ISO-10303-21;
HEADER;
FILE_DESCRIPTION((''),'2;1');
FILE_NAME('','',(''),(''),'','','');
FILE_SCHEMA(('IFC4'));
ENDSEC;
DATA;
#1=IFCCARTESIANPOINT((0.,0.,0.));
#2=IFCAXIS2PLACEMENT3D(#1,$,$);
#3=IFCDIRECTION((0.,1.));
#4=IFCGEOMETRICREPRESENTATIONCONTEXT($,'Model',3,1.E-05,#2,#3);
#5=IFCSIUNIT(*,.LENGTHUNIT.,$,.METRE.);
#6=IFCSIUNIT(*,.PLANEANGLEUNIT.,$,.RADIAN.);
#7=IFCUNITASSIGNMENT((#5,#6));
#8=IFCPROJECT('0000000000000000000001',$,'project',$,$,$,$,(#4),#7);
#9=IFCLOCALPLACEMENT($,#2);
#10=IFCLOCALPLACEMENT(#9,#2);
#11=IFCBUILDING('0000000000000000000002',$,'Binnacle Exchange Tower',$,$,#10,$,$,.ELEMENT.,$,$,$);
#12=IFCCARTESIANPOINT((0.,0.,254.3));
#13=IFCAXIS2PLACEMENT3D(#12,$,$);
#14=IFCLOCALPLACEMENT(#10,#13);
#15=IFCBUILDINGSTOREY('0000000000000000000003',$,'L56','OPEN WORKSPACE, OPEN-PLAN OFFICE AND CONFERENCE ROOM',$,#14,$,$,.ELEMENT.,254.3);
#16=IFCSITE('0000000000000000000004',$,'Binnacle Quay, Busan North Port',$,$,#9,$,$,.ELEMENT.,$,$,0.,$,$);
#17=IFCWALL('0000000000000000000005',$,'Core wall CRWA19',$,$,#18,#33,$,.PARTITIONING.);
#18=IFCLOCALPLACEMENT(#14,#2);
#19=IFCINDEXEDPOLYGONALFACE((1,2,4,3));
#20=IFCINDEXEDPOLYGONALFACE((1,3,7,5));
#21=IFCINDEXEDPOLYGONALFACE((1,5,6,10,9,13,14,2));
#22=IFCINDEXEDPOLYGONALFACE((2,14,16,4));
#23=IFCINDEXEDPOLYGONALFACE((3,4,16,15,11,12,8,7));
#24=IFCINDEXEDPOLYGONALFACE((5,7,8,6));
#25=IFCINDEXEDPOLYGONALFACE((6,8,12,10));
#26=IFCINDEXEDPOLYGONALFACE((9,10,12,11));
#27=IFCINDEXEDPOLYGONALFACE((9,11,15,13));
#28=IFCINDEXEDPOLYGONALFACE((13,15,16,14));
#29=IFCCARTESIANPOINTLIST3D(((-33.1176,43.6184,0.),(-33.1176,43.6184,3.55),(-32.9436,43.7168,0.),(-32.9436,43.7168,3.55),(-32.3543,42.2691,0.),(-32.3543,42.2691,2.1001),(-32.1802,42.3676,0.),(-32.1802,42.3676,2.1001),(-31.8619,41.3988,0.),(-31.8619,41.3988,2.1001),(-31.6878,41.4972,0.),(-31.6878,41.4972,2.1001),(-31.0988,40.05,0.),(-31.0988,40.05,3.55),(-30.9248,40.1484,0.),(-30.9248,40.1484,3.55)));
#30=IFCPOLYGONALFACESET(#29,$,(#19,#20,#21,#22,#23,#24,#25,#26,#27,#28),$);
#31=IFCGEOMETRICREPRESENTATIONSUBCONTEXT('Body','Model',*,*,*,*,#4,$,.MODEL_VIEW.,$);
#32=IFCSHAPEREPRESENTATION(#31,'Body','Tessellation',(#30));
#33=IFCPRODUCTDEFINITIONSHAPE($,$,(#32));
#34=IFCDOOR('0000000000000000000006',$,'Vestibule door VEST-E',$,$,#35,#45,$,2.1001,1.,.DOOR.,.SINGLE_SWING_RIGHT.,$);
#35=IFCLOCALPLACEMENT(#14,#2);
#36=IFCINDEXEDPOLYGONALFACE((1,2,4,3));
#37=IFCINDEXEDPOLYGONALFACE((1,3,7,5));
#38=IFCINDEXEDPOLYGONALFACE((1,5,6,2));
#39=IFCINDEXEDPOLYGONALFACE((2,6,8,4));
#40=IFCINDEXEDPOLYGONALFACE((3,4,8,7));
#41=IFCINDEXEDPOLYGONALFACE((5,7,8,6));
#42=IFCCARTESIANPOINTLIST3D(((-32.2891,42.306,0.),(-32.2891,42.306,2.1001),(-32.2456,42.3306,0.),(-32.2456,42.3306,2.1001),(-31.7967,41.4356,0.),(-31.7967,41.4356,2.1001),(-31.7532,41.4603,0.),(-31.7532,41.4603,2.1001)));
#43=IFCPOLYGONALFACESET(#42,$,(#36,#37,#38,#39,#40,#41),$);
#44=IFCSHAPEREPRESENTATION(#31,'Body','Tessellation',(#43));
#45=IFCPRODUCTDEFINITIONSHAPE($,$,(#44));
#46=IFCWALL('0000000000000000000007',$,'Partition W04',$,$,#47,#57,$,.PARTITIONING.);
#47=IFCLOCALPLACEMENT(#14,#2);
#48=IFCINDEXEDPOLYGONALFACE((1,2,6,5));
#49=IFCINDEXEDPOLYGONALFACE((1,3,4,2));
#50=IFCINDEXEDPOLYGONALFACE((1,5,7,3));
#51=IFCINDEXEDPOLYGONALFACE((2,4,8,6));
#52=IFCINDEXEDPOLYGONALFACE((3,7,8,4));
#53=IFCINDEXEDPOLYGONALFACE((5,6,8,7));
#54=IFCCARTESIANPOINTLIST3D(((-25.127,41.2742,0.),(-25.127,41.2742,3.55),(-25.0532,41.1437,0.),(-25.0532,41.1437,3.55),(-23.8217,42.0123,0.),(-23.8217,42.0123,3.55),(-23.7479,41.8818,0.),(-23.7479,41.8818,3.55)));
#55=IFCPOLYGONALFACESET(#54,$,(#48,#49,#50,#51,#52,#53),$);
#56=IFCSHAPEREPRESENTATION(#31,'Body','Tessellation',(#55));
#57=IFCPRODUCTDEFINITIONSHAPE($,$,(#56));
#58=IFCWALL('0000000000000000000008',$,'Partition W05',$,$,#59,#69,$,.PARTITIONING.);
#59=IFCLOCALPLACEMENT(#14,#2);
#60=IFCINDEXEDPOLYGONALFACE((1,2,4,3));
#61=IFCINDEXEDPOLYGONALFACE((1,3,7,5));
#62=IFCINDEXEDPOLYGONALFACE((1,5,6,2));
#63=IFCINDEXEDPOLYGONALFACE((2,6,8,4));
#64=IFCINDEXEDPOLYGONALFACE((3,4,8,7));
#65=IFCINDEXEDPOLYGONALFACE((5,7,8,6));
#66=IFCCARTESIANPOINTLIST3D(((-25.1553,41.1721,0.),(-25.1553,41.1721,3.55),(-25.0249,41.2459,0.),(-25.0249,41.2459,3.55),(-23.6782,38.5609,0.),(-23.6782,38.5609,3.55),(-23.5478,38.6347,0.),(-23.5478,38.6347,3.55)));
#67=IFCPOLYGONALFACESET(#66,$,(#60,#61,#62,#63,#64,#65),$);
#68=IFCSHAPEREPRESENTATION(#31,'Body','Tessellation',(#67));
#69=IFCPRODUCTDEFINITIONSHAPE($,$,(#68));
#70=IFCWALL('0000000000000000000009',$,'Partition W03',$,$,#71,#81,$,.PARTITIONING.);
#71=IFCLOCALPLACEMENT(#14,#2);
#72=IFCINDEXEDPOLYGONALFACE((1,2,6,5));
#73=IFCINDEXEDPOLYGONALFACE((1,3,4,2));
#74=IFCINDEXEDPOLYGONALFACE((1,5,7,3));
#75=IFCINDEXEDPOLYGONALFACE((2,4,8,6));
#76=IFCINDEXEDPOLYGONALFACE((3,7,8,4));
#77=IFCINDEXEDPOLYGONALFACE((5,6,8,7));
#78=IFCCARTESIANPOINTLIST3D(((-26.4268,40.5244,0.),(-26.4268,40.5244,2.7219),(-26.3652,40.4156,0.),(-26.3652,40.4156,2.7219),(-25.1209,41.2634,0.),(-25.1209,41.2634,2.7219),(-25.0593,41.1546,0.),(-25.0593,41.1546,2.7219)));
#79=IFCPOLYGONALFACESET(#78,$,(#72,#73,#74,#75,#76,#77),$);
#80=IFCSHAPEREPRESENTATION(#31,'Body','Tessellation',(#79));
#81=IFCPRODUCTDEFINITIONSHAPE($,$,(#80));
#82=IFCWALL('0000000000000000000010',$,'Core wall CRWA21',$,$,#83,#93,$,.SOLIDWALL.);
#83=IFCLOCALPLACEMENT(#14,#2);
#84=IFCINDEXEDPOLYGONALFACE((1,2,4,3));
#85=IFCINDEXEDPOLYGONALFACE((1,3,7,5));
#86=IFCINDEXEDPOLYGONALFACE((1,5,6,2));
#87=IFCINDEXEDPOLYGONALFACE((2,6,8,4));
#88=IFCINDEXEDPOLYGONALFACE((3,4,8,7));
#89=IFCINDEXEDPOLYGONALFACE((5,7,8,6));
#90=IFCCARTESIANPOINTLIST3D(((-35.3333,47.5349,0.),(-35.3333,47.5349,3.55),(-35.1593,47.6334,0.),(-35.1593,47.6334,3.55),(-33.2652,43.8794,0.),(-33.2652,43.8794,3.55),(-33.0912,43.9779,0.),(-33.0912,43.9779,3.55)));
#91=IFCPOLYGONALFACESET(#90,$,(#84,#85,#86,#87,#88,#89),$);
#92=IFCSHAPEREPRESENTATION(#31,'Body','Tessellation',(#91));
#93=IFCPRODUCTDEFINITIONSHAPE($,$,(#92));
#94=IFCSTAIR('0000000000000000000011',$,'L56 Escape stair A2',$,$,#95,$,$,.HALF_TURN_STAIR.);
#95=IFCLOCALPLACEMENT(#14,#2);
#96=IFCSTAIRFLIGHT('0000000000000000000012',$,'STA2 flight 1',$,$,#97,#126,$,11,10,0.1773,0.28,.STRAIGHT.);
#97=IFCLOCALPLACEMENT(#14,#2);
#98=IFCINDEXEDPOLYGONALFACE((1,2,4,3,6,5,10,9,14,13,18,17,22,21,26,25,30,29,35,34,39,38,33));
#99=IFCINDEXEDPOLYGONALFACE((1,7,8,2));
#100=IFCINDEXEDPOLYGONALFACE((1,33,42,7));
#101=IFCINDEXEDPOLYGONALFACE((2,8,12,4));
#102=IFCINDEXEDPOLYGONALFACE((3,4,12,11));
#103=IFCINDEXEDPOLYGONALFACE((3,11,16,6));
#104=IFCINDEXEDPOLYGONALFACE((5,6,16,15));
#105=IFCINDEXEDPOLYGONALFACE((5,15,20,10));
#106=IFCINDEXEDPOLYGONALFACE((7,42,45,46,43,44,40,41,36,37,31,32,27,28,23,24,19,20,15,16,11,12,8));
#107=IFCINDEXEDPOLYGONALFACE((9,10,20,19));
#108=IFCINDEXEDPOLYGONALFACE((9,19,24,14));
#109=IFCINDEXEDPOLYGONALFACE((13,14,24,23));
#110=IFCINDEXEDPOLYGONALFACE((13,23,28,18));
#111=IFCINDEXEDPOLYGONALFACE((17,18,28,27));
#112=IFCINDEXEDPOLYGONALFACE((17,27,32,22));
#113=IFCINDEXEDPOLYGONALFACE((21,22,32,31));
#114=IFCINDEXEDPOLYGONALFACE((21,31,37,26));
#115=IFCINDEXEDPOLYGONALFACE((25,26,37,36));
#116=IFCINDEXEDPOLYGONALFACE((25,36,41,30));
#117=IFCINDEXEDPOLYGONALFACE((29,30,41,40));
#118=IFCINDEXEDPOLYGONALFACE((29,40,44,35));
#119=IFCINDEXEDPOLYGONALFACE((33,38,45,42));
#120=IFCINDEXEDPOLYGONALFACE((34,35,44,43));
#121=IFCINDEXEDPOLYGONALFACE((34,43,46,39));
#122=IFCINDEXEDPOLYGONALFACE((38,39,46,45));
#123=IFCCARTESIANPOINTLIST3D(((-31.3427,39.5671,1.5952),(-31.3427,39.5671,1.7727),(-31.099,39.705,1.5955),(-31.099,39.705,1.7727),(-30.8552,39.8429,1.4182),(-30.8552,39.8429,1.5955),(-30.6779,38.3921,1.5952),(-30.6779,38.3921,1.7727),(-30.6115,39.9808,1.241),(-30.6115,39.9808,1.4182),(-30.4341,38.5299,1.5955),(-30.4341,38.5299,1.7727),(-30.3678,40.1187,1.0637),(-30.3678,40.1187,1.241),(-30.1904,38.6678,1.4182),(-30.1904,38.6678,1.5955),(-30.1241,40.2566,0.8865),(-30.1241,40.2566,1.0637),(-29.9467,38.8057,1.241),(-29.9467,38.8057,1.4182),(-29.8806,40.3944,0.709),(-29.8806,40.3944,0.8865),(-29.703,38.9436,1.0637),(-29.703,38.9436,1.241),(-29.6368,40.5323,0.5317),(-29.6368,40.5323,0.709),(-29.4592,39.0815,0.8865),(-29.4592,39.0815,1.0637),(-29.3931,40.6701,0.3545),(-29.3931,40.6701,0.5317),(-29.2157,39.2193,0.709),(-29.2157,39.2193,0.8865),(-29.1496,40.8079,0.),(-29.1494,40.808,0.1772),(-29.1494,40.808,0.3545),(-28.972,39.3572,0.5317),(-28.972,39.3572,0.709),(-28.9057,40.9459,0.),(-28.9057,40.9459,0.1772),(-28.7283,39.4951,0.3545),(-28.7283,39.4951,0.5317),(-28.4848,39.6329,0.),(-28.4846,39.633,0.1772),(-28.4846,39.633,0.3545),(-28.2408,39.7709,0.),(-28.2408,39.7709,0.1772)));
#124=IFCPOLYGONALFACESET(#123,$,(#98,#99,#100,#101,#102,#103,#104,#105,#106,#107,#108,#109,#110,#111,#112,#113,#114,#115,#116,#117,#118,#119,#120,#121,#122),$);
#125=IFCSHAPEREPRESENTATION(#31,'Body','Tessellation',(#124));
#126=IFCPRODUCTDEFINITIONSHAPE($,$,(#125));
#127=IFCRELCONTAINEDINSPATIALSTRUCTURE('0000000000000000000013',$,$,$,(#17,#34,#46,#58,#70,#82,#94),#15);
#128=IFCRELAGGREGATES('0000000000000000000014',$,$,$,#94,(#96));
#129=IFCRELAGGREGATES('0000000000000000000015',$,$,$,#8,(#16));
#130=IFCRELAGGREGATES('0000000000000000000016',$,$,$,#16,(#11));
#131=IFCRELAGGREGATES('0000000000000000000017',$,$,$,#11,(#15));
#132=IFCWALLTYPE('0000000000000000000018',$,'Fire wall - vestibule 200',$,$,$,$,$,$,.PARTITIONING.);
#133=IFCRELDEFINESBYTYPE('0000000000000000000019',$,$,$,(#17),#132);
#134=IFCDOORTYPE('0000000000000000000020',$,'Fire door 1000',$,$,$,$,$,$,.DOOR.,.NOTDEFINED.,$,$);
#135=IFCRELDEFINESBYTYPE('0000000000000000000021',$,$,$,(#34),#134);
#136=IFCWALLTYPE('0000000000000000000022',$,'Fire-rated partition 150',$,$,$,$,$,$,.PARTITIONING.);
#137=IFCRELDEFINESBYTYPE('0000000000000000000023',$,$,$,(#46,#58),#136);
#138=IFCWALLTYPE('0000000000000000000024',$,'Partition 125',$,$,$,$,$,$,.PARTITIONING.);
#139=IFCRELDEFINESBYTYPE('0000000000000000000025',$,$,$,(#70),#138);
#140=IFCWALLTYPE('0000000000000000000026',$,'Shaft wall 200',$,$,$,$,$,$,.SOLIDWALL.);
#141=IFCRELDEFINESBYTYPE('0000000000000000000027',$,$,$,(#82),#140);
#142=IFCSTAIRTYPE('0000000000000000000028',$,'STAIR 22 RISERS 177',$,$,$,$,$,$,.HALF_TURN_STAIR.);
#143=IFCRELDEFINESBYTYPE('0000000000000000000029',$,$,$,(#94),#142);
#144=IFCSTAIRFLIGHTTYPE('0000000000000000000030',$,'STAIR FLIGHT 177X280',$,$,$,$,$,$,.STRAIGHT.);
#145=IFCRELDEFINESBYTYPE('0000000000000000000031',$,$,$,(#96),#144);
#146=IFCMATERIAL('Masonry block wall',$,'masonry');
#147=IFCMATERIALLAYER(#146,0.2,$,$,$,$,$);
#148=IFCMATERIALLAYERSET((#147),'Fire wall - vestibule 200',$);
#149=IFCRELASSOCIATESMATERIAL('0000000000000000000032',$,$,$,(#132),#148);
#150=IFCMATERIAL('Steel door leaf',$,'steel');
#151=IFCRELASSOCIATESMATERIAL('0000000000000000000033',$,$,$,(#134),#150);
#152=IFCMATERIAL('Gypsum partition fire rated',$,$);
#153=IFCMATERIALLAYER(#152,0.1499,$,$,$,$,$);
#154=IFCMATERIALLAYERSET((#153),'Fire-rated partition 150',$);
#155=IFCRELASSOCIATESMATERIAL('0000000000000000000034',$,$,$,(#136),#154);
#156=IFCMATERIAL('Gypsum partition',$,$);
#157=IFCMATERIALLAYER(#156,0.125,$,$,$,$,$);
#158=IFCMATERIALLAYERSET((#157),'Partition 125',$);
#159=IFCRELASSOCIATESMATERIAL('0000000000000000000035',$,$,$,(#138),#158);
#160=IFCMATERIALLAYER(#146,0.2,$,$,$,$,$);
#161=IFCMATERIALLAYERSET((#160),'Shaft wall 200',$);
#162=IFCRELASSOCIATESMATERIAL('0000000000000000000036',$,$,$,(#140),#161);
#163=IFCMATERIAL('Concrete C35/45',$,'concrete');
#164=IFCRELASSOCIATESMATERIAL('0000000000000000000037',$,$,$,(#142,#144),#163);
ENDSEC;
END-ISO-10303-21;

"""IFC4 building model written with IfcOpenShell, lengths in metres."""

from ifc_helpers import new_model, si_unit, direction, frame, frame_2d, origin, place, context, subcontext, project, spatial, polyline, rectangle, outline, extrude, material, layer, layer_set, type_object, element, fill, aggregate, save


model = new_model("IFC4")

# Units and contexts
model_context = context("Model", 3, precision=1e-05, world=origin(), true_north=direction((0.0, 1.0)))
body_context = subcontext(model_context, "Body", "Model", "MODEL_VIEW")
ifc_project = project(units=[si_unit("LENGTHUNIT", "METRE"), si_unit("PLANEANGLEUNIT", "RADIAN")], contexts=[model_context])

# Site, building, storey
site_placement = place(None, origin())
site = spatial("IfcSite", under=ifc_project, at=site_placement, Name="Binnacle Quay, Busan North Port", CompositionType="ELEMENT", RefElevation=0.0)
building_placement = place(site_placement, origin())
building = spatial("IfcBuilding", under=site, at=building_placement, Name="Binnacle Exchange Tower", CompositionType="ELEMENT")
storey_placement = place(building_placement, frame((0.0, 0.0, 254.3)))
storey = spatial("IfcBuildingStorey", under=building, at=storey_placement, Name="L56", Description="OPEN WORKSPACE, OPEN-PLAN OFFICE AND CONFERENCE ROOM", CompositionType="ELEMENT", Elevation=254.3)

# Shared definitions
ifc_material_1 = material(Name="Steel door leaf", Category="steel")

# Wall, opening, door
ifc_material_2 = material(Name="Masonry block wall", Category="masonry")
ifc_layer_1 = layer(ifc_material_2, 0.2)
ifc_layer_set_1 = layer_set([ifc_layer_1], Name="Fire wall - vestibule 200")
wall_type_1 = type_object("IfcWallType", Name="Fire wall - vestibule 200", PredefinedType="PARTITIONING", material=ifc_layer_set_1)
wall_1_placement = place(storey_placement, frame((-33.0305, 43.6675, 0.0), z_axis=(0.0, 0.0, 1.0), x_axis=(0.492408, -0.870364, 0.0)))
wall_1 = element("IfcWall", 1, at=wall_1_placement, inside=storey, type_object=wall_type_1, Name="Core wall CRWA19", PredefinedType="PARTITIONING", context=body_context, shape_type="SweptSolid", body=[
    extrude(rectangle(XDim=4.0999, YDim=0.2, at=frame_2d((2.0498, 0.0))), origin(), (0.0, 0.0, 1.0), 3.55),
])
opening_1_placement = place(wall_1_placement, frame((1.55, 0.0, 0.0)))
opening_1 = element("IfcOpeningElement", 2, at=opening_1_placement, cuts=wall_1, PredefinedType="OPENING", context=body_context, shape_type="SweptSolid", body=[
    extrude(rectangle(XDim=1.0, YDim=2.1001, at=frame_2d((0.5, 1.05))), frame((0.0, 0.1099, 0.0), z_axis=(0.0, -1.0, 0.0), x_axis=(1.0, 0.0, 0.0)), (0.0, 0.0, 1.0), 0.22),
])
door_type_1 = type_object("IfcDoorType", Name="Fire door 1000", OperationType="NOTDEFINED", PredefinedType="DOOR", material=ifc_material_1)
door_1_placement = place(opening_1_placement, origin())
door_1 = element("IfcDoor", 3, at=door_1_placement, inside=storey, type_object=door_type_1, Name="Vestibule door VEST-E", OperationType="SINGLE_SWING_RIGHT", OverallHeight=2.1001, OverallWidth=1.0, PredefinedType="DOOR", context=body_context, shape_type="SweptSolid", body=[
    extrude(rectangle(XDim=1.0, YDim=2.1001, at=frame_2d((0.5, 1.05))), frame((0.0, 0.0249, 0.0), z_axis=(0.0, -1.0, 0.0), x_axis=(1.0, 0.0, 0.0)), (0.0, 0.0, 1.0), 0.05),
])
fill(opening_1, door_1)

# Walls
ifc_material_3 = material(Name="Gypsum partition fire rated")
ifc_layer_2 = layer(ifc_material_3, 0.1499)
ifc_layer_set_2 = layer_set([ifc_layer_2], Name="Fire-rated partition 150")
wall_type_2 = type_object("IfcWallType", Name="Fire-rated partition 150", PredefinedType="PARTITIONING", material=ifc_layer_set_2)
wall_2_placement = place(storey_placement, frame((-25.0901, 41.209, 0.0), z_axis=(0.0, 0.0, 1.0), x_axis=(0.870469, 0.492224, 0.0)))
element("IfcWall", 4, at=wall_2_placement, inside=storey, type_object=wall_type_2, Name="Partition W04", PredefinedType="PARTITIONING", context=body_context, shape_type="SweptSolid", body=[
    extrude(rectangle(XDim=1.4995, YDim=0.1499, at=frame_2d((0.7498, 0.0))), origin(), (0.0, 0.0, 1.0), 3.55),
])
wall_3_placement = place(storey_placement, frame((-25.0901, 41.209, 0.0), z_axis=(0.0, 0.0, 1.0), x_axis=(0.492366, -0.870388, 0.0)))
element("IfcWall", 5, at=wall_3_placement, inside=storey, type_object=wall_type_2, Name="Partition W05", PredefinedType="PARTITIONING", context=body_context, shape_type="SweptSolid", body=[
    extrude(rectangle(XDim=3.0, YDim=0.1499, at=frame_2d((1.5, 0.0))), origin(), (0.0, 0.0, 1.0), 3.55),
])
ifc_material_4 = material(Name="Gypsum partition")
ifc_layer_3 = layer(ifc_material_4, 0.125)
ifc_layer_set_3 = layer_set([ifc_layer_3], Name="Partition 125")
wall_type_3 = type_object("IfcWallType", Name="Partition 125", PredefinedType="PARTITIONING", material=ifc_layer_set_3)
wall_4_placement = place(storey_placement, frame((-26.396, 40.47, 0.0), z_axis=(0.0, 0.0, 1.0), x_axis=(0.870308, 0.492508, 0.0)))
element("IfcWall", 6, at=wall_4_placement, inside=storey, type_object=wall_type_3, Name="Partition W03", PredefinedType="PARTITIONING", context=body_context, shape_type="SweptSolid", body=[
    extrude(rectangle(XDim=1.5005, YDim=0.125, at=frame_2d((0.7502, 0.0))), origin(), (0.0, 0.0, 1.0), 2.7219),
])
ifc_layer_4 = layer(ifc_material_2, 0.2)
ifc_layer_set_4 = layer_set([ifc_layer_4], Name="Shaft wall 200")
wall_type_4 = type_object("IfcWallType", Name="Shaft wall 200", PredefinedType="SOLIDWALL", material=ifc_layer_set_4)
wall_5_placement = place(storey_placement, frame((-35.2463, 47.5842, 0.0), z_axis=(0.0, 0.0, 1.0), x_axis=(0.49241, -0.870364, 0.0)))
element("IfcWall", 7, at=wall_5_placement, inside=storey, type_object=wall_type_4, Name="Core wall CRWA21", PredefinedType="SOLIDWALL", context=body_context, shape_type="SweptSolid", body=[
    extrude(rectangle(XDim=4.2, YDim=0.2, at=frame_2d((2.1001, 0.0))), origin(), (0.0, 0.0, 1.0), 3.55),
])

# Stair, stair flight
ifc_material_5 = material(Name="Concrete C35/45", Category="concrete")
stair_type = type_object("IfcStairType", Name="STAIR 22 RISERS 177", PredefinedType="HALF_TURN_STAIR", material=ifc_material_5)
stair_placement = place(storey_placement, origin())
stair = element("IfcStair", 8, at=stair_placement, inside=storey, type_object=stair_type, Name="L56 Escape stair A2", PredefinedType="HALF_TURN_STAIR")
stair_flight_type = type_object("IfcStairFlightType", Name="STAIR FLIGHT 177X280", PredefinedType="STRAIGHT", material=ifc_material_5)
stair_flight_placement = place(storey_placement, frame((-28.5732, 40.3584, 0.0), z_axis=(0.0, 0.0, 1.0), x_axis=(-0.870356, -0.492424, 0.0)))
stair_flight = element("IfcStairFlight", 9, at=stair_flight_placement, type_object=stair_flight_type, Name="STA2 flight 1", NumberOfRisers=11, NumberOfTreads=10, PredefinedType="STRAIGHT", RiserHeight=0.1773, TreadLength=0.28, context=body_context, shape_type="SweptSolid", body=[
    extrude(outline(polyline([(0.0, 0.0), (0.0, 0.1772), (0.28, 0.1772), (0.28, 0.3545), (0.5601, 0.3545), (0.5601, 0.5317), (0.8401, 0.5317), (0.8401, 0.709), (1.1201, 0.709), (1.1201, 0.8865), (1.3999, 0.8865), (1.3999, 1.0637), (1.6799, 1.0637), (1.6799, 1.241), (1.96, 1.241), (1.96, 1.4182), (2.24, 1.4182), (2.24, 1.5955), (2.52, 1.5955), (2.52, 1.7727), (2.8, 1.7727), (2.8, 1.95), (2.8, 1.5952), (0.2803, 0.0), (0.0, 0.0)])), frame((0.0, 0.675, 0.0), z_axis=(0.0, -1.0, 0.0), x_axis=(1.0, 0.0, 0.0)), (0.0, 0.0, 1.0), 1.3501),
])
aggregate(stair, [stair_flight])

save(model, "model.ifc")
